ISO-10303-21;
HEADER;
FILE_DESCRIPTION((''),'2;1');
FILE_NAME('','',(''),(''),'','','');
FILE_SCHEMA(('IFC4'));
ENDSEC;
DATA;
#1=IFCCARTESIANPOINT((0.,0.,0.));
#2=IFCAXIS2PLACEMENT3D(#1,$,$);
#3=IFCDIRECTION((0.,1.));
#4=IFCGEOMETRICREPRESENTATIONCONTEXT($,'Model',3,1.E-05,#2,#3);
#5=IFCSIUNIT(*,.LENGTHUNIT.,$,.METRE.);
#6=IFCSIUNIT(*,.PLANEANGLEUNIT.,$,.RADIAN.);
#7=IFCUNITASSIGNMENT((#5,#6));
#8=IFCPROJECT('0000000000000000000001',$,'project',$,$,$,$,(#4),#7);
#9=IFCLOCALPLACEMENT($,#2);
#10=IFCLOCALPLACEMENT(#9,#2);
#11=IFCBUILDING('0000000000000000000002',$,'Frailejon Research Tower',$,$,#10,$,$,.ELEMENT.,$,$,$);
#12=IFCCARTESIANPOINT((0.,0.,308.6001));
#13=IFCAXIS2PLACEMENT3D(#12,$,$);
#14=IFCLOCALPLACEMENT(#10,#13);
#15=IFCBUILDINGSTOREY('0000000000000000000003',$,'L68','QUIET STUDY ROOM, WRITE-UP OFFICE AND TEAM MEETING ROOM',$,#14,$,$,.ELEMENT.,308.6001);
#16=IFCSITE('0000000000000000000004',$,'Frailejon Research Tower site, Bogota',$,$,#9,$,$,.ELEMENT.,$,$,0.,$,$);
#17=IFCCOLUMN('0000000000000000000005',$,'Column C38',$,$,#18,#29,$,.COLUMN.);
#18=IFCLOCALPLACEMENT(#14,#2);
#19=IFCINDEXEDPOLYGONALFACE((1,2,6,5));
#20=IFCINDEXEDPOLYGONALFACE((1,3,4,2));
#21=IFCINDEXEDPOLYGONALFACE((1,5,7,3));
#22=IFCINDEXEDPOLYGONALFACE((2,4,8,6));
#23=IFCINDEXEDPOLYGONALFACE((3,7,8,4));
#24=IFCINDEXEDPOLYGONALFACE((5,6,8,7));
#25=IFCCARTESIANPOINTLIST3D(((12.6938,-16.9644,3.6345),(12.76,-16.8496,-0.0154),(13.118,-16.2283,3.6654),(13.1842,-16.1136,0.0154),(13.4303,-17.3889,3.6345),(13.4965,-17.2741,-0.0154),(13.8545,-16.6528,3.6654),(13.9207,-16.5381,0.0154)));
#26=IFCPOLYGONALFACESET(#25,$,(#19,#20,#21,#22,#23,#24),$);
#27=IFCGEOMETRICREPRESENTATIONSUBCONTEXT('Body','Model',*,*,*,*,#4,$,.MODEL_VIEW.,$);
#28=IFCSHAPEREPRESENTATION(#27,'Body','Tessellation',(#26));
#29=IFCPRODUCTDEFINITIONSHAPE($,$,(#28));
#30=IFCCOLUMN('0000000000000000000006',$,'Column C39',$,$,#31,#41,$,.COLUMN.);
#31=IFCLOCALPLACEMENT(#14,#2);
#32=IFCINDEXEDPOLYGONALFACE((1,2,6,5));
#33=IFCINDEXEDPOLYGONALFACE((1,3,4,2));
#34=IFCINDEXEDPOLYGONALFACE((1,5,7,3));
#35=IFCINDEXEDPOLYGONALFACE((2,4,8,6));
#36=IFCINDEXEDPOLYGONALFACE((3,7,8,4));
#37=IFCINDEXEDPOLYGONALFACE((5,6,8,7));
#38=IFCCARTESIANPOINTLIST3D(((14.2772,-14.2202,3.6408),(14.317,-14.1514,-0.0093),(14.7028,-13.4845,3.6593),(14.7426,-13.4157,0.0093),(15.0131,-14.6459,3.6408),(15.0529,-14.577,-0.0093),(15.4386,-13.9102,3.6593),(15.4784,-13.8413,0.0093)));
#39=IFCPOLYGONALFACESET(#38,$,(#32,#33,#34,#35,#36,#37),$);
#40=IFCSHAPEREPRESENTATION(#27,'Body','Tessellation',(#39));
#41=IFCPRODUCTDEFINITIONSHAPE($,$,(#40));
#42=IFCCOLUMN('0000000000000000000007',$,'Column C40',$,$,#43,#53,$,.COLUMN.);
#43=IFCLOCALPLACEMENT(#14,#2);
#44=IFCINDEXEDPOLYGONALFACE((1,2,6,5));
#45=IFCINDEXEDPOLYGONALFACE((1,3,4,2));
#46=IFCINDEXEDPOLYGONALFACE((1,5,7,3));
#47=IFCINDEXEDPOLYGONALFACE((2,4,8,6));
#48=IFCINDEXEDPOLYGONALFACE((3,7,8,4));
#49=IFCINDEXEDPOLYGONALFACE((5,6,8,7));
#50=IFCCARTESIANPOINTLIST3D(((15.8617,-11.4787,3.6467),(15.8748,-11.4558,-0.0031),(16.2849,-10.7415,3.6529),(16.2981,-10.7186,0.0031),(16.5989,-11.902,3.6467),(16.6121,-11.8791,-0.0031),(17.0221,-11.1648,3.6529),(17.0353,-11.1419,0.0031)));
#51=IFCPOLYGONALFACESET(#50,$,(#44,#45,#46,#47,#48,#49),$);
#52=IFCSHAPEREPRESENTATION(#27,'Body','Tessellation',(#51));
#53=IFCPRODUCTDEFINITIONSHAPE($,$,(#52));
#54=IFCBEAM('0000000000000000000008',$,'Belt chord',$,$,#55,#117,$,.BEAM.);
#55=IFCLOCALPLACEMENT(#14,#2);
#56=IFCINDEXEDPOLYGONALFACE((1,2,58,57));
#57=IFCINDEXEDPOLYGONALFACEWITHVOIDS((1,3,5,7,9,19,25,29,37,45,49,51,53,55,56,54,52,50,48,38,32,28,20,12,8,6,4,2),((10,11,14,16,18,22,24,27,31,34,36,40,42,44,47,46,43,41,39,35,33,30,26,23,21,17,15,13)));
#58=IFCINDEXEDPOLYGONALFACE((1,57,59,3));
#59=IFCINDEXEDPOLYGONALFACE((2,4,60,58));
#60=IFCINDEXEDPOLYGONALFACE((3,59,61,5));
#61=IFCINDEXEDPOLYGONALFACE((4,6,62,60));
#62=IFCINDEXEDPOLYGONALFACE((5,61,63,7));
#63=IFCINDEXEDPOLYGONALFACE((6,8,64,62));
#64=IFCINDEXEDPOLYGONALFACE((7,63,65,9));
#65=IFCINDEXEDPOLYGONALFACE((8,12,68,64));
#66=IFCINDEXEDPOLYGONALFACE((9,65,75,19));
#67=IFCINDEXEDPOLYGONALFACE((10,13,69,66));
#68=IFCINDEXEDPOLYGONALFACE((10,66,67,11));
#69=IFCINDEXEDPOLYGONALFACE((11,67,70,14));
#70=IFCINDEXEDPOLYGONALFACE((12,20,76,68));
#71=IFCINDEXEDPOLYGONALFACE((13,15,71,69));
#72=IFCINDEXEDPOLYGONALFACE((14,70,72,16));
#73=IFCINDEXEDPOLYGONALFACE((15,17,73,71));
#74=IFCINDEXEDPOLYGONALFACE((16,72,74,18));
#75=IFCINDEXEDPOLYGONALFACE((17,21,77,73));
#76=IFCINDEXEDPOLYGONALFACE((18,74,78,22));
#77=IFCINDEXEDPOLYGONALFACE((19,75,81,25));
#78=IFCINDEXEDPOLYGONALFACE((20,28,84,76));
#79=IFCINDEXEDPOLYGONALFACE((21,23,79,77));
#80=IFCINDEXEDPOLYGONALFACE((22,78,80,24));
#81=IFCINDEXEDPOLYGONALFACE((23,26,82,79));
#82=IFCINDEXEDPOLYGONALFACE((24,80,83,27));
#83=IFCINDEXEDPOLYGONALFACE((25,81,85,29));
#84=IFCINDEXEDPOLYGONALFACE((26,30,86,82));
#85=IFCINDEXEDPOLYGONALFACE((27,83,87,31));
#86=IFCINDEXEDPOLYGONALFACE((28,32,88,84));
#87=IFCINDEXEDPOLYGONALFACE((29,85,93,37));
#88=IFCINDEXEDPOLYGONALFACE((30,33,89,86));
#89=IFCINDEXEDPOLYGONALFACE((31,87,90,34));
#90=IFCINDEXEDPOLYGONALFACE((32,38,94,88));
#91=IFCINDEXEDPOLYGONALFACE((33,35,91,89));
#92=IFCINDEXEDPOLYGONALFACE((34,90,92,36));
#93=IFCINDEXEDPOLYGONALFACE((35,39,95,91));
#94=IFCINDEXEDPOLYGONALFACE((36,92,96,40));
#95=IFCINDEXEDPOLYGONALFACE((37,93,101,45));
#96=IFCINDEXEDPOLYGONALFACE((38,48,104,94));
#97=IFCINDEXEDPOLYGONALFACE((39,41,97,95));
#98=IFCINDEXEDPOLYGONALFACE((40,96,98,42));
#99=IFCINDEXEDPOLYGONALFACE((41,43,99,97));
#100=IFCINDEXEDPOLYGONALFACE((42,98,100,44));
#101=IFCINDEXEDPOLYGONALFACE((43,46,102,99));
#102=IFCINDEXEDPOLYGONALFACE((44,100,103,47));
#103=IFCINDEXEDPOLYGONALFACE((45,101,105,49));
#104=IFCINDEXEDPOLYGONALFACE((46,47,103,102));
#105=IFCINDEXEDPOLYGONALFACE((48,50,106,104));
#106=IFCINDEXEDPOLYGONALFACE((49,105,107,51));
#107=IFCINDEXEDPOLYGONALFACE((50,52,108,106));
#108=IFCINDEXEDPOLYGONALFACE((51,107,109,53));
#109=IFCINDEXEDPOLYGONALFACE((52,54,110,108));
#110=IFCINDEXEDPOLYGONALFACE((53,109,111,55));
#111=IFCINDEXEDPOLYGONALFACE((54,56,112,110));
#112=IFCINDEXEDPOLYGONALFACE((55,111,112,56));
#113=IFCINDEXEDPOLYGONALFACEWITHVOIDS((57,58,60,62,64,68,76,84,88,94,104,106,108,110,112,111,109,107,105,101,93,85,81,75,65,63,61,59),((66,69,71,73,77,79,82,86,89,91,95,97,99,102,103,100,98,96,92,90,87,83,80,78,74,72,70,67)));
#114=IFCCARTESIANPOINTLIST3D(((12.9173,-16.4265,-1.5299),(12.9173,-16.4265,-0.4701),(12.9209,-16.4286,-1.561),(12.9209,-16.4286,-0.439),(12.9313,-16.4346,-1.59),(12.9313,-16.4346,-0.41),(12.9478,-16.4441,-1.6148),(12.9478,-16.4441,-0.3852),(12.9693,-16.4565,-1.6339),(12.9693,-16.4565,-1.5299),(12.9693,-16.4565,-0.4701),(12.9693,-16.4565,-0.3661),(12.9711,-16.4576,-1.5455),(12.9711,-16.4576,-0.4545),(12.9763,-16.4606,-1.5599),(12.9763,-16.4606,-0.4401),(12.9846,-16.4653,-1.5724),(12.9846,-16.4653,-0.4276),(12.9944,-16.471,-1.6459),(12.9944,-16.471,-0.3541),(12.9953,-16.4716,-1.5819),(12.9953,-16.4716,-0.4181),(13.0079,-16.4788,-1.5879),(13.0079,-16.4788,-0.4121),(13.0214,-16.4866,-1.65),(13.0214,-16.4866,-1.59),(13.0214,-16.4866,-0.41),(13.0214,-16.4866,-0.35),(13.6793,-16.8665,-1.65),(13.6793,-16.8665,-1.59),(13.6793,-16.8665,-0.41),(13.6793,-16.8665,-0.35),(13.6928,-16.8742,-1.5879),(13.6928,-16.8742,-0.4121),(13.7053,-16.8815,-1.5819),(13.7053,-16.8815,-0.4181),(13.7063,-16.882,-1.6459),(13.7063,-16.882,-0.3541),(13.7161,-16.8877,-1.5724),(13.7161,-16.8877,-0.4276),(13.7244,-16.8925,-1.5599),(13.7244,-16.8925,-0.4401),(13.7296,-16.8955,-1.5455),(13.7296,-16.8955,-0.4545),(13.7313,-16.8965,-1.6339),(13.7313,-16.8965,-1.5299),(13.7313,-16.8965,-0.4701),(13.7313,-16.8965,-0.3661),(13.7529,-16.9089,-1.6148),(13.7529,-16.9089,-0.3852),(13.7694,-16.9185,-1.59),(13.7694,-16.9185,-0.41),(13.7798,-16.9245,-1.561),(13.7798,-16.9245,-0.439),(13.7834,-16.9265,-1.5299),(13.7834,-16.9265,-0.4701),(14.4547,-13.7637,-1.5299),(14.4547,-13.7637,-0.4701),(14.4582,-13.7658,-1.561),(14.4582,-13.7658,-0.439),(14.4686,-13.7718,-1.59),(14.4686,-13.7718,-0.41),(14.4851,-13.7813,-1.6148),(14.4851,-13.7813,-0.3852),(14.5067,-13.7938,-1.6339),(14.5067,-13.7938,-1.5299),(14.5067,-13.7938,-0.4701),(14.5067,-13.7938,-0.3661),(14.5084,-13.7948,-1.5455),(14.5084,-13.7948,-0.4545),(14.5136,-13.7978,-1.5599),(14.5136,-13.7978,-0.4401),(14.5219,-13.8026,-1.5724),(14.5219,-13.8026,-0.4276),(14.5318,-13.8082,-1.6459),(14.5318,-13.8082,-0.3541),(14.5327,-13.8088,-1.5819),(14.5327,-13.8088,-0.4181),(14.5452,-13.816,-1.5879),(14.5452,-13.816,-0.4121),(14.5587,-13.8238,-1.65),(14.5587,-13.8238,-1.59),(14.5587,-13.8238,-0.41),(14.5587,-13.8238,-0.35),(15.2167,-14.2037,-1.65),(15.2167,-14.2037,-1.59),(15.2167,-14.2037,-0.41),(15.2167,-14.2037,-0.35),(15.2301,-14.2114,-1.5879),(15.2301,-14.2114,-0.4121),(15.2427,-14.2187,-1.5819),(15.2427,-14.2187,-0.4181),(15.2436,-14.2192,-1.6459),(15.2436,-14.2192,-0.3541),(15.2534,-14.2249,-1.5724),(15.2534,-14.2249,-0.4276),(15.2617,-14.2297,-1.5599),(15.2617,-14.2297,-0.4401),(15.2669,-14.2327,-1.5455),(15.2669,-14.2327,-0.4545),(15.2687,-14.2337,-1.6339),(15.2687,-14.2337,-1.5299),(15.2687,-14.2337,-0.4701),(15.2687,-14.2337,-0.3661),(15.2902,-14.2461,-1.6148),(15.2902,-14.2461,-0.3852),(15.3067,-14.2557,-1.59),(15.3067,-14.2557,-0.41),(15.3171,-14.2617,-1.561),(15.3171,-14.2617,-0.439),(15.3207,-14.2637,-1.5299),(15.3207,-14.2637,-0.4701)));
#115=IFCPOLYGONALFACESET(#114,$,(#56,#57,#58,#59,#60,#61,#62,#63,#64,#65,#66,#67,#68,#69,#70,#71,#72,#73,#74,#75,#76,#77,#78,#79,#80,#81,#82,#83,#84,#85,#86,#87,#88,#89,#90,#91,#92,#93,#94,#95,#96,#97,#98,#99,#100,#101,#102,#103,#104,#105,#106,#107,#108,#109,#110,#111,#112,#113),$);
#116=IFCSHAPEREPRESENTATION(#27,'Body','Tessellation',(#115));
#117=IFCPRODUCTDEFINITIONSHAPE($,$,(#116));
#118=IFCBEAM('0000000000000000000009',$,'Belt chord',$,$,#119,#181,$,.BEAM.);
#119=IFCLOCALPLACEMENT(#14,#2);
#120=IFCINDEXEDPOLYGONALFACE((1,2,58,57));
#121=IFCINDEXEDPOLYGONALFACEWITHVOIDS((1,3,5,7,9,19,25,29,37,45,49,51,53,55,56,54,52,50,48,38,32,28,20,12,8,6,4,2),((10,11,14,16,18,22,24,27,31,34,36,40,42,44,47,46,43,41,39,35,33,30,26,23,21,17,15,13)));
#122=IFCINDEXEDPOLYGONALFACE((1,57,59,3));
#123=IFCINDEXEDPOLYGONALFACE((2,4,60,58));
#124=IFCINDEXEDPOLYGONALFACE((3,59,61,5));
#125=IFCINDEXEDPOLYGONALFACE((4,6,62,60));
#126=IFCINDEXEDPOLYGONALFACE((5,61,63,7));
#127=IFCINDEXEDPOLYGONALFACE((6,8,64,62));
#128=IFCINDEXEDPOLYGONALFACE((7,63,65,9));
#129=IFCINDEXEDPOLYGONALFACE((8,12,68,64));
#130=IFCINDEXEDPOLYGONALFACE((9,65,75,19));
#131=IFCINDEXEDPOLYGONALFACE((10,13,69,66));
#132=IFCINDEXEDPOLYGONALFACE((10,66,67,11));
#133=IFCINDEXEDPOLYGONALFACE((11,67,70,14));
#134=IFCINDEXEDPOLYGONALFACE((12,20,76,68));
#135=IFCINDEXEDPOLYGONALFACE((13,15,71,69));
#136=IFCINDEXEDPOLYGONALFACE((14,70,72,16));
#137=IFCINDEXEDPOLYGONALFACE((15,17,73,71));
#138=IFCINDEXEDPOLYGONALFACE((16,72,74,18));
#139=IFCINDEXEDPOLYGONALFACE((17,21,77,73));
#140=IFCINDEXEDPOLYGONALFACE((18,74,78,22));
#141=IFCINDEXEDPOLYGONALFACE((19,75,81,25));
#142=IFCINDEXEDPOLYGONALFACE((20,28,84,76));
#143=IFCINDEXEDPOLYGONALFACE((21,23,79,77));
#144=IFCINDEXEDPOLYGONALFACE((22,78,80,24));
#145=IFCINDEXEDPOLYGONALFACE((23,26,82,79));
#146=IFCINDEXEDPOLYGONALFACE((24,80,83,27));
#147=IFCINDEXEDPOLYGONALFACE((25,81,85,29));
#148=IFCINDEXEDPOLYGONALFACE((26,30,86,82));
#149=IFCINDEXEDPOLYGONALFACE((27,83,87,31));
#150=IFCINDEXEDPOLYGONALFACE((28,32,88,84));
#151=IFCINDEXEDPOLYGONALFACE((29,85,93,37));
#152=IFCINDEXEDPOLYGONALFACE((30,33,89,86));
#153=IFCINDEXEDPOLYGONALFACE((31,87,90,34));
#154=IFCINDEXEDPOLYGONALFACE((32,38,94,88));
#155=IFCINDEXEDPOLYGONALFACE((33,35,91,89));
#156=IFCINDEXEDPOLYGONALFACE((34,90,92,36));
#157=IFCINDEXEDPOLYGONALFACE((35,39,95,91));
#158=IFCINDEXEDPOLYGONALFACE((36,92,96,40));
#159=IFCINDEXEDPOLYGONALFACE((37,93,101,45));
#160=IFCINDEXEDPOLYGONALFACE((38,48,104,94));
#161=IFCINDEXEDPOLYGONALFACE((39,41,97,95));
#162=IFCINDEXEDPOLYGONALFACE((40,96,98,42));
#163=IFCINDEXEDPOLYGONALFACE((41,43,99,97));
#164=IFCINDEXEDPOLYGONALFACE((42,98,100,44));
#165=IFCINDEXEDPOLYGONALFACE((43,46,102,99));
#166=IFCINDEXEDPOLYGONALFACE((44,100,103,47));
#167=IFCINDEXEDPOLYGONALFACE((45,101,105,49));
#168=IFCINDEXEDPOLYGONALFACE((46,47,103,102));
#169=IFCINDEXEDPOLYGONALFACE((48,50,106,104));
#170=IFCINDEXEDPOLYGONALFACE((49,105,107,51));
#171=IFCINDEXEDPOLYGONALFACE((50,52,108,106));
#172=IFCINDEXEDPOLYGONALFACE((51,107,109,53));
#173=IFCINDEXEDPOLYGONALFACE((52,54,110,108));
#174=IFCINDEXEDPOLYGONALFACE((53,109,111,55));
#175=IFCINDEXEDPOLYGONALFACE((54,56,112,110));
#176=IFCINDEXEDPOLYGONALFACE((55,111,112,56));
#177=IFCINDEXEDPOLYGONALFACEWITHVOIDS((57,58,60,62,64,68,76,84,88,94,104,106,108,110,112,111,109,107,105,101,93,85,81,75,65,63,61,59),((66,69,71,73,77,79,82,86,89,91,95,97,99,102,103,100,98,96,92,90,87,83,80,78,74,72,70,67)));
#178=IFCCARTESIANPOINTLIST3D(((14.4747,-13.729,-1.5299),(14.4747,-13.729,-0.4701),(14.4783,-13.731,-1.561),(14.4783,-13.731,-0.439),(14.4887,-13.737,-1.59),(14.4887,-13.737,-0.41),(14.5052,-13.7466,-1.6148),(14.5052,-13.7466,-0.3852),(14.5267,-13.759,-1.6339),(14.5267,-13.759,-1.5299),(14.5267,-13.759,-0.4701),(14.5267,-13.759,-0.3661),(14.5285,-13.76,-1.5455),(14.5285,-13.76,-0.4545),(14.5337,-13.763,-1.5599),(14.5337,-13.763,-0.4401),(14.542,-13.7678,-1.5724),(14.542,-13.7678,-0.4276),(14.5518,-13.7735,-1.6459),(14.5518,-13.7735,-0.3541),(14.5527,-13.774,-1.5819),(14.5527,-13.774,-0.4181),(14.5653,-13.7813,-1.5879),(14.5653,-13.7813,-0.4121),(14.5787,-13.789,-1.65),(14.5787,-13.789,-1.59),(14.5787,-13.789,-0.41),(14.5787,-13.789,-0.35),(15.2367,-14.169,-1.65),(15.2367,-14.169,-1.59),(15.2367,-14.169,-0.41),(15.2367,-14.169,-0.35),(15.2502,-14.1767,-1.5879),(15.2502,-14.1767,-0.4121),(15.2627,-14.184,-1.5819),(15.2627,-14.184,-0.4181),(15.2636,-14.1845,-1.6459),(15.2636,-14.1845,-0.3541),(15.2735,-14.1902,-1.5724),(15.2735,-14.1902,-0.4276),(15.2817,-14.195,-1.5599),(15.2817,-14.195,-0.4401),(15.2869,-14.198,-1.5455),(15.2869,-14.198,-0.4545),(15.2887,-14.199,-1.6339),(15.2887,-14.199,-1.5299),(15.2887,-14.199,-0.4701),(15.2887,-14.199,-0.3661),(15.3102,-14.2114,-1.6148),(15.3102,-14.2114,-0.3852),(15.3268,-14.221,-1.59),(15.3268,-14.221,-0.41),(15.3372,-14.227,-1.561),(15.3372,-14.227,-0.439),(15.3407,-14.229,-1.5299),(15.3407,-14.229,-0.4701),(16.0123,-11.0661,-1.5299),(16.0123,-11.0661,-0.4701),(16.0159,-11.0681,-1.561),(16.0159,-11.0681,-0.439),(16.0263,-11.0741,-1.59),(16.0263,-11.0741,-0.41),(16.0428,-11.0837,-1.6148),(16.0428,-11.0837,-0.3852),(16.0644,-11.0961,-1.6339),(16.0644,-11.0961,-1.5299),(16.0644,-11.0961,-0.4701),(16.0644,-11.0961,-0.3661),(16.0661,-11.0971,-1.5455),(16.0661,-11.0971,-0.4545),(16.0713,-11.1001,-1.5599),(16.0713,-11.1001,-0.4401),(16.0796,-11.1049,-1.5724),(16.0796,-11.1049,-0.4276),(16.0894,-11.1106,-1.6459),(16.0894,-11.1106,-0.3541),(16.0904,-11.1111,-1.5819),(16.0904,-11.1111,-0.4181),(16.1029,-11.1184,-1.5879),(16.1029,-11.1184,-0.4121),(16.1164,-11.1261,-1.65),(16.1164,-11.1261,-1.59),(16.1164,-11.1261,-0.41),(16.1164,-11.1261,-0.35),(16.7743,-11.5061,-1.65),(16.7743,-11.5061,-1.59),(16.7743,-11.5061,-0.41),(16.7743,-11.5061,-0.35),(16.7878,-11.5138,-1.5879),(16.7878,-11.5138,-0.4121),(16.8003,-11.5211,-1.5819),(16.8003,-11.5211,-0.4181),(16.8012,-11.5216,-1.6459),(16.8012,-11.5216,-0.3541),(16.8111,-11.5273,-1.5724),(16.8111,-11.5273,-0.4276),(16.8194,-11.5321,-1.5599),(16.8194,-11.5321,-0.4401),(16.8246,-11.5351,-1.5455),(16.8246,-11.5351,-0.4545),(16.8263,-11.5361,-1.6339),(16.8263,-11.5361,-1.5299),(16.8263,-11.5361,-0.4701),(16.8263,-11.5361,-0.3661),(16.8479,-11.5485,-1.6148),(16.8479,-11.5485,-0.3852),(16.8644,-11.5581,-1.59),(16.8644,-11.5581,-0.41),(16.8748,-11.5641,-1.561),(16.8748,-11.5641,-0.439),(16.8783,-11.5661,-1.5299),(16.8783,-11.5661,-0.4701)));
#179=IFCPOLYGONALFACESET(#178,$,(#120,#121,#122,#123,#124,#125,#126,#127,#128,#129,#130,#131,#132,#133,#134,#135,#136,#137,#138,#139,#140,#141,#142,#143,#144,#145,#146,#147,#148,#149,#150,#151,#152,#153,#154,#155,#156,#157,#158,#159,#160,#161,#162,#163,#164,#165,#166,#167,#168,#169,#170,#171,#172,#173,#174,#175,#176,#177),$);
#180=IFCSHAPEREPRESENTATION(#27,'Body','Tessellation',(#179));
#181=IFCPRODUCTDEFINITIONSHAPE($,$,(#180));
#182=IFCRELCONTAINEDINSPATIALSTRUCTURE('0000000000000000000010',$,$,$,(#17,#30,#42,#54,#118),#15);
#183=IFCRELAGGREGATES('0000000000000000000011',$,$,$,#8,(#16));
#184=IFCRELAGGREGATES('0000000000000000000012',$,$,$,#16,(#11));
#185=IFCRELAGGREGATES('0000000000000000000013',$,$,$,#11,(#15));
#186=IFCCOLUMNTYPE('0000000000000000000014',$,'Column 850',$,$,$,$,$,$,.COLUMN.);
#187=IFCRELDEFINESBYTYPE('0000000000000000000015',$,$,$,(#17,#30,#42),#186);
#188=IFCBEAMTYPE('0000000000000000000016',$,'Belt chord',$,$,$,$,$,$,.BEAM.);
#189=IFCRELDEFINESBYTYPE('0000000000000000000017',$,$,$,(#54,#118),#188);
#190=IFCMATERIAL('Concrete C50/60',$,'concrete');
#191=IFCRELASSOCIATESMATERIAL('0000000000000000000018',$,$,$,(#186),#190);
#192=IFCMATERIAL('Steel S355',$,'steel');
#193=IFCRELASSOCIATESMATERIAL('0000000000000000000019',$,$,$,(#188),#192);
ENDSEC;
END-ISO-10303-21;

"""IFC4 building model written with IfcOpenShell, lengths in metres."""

from ifc_helpers import new_model, si_unit, direction, frame, origin, origin_2d, place, context, subcontext, project, spatial, rectangle, hollow_rectangle, extrude, material, material_profile, profile_set, type_object, element, save


model = new_model("IFC4")

# Units and contexts
model_context = context("Model", 3, precision=1e-05, world=origin(), true_north=direction((0.0, 1.0)))
body_context = subcontext(model_context, "Body", "Model", "MODEL_VIEW")
ifc_project = project(units=[si_unit("LENGTHUNIT", "METRE"), si_unit("PLANEANGLEUNIT", "RADIAN")], contexts=[model_context])

# Site, building, storey
site_placement = place(None, origin())
site = spatial("IfcSite", under=ifc_project, at=site_placement, Name="Frailejon Research Tower site, Bogota", CompositionType="ELEMENT", RefElevation=0.0)
building_placement = place(site_placement, origin())
building = spatial("IfcBuilding", under=site, at=building_placement, Name="Frailejon Research Tower", CompositionType="ELEMENT")
storey_placement = place(building_placement, frame((0.0, 0.0, 308.6001)))
storey = spatial("IfcBuildingStorey", under=building, at=storey_placement, Name="L68", Description="QUIET STUDY ROOM, WRITE-UP OFFICE AND TEAM MEETING ROOM", CompositionType="ELEMENT", Elevation=308.6001)

# Columns
ifc_material_1 = material(Name="Concrete C50/60", Category="concrete")
ifc_material_profile_1 = material_profile(ifc_material_1, rectangle(XDim=0.8501, YDim=0.8501, at=origin_2d()), Name="Column 850")
ifc_profile_set_1 = profile_set([ifc_material_profile_1], Name="Concrete C50/60")
column_type = type_object("IfcColumnType", Name="Column 850", PredefinedType="COLUMN", material=ifc_profile_set_1)
column_1_placement = place(storey_placement, frame((13.3403, -16.6938, 0.0), z_axis=(-0.018115, -0.031417, 0.999342), x_axis=(0.49904, 0.865819, 0.036266)))
element("IfcColumn", 1, at=column_1_placement, inside=storey, type_object=column_type, Name="Column C38", PredefinedType="COLUMN", context=body_context, shape_type="SweptSolid", body=[
    extrude(rectangle(XDim=0.8501, YDim=0.8501, at=origin_2d()), origin(), (0.0, 0.0, 1.0), 3.6523),
])
column_2_placement = place(storey_placement, frame((14.8977, -13.9963, 0.0), z_axis=(-0.0109, -0.018858, 0.999763), x_axis=(0.50059, 0.86541, 0.021782)))
element("IfcColumn", 2, at=column_2_placement, inside=storey, type_object=column_type, Name="Column C39", PredefinedType="COLUMN", context=body_context, shape_type="SweptSolid", body=[
    extrude(rectangle(XDim=0.8501, YDim=0.8501, at=origin_2d()), origin(), (0.0, 0.0, 1.0), 3.6509),
])
column_3_placement = place(storey_placement, frame((16.4551, -11.2988, 0.0), z_axis=(-0.003612, -0.006287, 0.999974), x_axis=(0.49789, 0.86721, 0.007251)))
element("IfcColumn", 3, at=column_3_placement, inside=storey, type_object=column_type, Name="Column C40", PredefinedType="COLUMN", context=body_context, shape_type="SweptSolid", body=[
    extrude(rectangle(XDim=0.8501, YDim=0.8501, at=origin_2d()), origin(), (0.0, 0.0, 1.0), 3.6499),
])

# Beams
ifc_material_2 = material(Name="Steel S355", Category="steel")
ifc_material_profile_2 = material_profile(ifc_material_2, hollow_rectangle(XDim=1.0, YDim=1.3, WallThickness=0.0601, InnerFilletRadius=0.0601, OuterFilletRadius=0.1201, at=origin_2d()), Name="Belt chord")
ifc_profile_set_2 = profile_set([ifc_material_profile_2], Name="Steel S355")
beam_type_1 = type_object("IfcBeamType", Name="Belt chord", PredefinedType="BEAM", material=ifc_profile_set_2)
beam_1_placement = place(storey_placement, frame((13.3503, -16.6765, -1.0), z_axis=(0.499991, 0.866031, 0.0), x_axis=(-0.866031, 0.499991, 0.0)))
element("IfcBeam", 4, at=beam_1_placement, inside=storey, type_object=beam_type_1, Name="Belt chord", PredefinedType="BEAM", context=body_context, shape_type="SweptSolid", body=[
    extrude(hollow_rectangle(XDim=1.0, YDim=1.3, WallThickness=0.0601, InnerFilletRadius=0.0601, OuterFilletRadius=0.1201, at=origin_2d()), origin(), (0.0, 0.0, 1.0), 3.0747),
])
beam_2_placement = place(storey_placement, frame((14.9077, -13.979, -1.0), z_axis=(0.50005, 0.865997, 0.0), x_axis=(-0.865997, 0.50005, 0.0)))
element("IfcBeam", 5, at=beam_2_placement, inside=storey, type_object=beam_type_1, Name="Belt chord", PredefinedType="BEAM", context=body_context, shape_type="SweptSolid", body=[
    extrude(hollow_rectangle(XDim=1.0, YDim=1.3, WallThickness=0.0601, InnerFilletRadius=0.0601, OuterFilletRadius=0.1201, at=origin_2d()), origin(), (0.0, 0.0, 1.0), 3.075),
])

save(model, "model.ifc")
